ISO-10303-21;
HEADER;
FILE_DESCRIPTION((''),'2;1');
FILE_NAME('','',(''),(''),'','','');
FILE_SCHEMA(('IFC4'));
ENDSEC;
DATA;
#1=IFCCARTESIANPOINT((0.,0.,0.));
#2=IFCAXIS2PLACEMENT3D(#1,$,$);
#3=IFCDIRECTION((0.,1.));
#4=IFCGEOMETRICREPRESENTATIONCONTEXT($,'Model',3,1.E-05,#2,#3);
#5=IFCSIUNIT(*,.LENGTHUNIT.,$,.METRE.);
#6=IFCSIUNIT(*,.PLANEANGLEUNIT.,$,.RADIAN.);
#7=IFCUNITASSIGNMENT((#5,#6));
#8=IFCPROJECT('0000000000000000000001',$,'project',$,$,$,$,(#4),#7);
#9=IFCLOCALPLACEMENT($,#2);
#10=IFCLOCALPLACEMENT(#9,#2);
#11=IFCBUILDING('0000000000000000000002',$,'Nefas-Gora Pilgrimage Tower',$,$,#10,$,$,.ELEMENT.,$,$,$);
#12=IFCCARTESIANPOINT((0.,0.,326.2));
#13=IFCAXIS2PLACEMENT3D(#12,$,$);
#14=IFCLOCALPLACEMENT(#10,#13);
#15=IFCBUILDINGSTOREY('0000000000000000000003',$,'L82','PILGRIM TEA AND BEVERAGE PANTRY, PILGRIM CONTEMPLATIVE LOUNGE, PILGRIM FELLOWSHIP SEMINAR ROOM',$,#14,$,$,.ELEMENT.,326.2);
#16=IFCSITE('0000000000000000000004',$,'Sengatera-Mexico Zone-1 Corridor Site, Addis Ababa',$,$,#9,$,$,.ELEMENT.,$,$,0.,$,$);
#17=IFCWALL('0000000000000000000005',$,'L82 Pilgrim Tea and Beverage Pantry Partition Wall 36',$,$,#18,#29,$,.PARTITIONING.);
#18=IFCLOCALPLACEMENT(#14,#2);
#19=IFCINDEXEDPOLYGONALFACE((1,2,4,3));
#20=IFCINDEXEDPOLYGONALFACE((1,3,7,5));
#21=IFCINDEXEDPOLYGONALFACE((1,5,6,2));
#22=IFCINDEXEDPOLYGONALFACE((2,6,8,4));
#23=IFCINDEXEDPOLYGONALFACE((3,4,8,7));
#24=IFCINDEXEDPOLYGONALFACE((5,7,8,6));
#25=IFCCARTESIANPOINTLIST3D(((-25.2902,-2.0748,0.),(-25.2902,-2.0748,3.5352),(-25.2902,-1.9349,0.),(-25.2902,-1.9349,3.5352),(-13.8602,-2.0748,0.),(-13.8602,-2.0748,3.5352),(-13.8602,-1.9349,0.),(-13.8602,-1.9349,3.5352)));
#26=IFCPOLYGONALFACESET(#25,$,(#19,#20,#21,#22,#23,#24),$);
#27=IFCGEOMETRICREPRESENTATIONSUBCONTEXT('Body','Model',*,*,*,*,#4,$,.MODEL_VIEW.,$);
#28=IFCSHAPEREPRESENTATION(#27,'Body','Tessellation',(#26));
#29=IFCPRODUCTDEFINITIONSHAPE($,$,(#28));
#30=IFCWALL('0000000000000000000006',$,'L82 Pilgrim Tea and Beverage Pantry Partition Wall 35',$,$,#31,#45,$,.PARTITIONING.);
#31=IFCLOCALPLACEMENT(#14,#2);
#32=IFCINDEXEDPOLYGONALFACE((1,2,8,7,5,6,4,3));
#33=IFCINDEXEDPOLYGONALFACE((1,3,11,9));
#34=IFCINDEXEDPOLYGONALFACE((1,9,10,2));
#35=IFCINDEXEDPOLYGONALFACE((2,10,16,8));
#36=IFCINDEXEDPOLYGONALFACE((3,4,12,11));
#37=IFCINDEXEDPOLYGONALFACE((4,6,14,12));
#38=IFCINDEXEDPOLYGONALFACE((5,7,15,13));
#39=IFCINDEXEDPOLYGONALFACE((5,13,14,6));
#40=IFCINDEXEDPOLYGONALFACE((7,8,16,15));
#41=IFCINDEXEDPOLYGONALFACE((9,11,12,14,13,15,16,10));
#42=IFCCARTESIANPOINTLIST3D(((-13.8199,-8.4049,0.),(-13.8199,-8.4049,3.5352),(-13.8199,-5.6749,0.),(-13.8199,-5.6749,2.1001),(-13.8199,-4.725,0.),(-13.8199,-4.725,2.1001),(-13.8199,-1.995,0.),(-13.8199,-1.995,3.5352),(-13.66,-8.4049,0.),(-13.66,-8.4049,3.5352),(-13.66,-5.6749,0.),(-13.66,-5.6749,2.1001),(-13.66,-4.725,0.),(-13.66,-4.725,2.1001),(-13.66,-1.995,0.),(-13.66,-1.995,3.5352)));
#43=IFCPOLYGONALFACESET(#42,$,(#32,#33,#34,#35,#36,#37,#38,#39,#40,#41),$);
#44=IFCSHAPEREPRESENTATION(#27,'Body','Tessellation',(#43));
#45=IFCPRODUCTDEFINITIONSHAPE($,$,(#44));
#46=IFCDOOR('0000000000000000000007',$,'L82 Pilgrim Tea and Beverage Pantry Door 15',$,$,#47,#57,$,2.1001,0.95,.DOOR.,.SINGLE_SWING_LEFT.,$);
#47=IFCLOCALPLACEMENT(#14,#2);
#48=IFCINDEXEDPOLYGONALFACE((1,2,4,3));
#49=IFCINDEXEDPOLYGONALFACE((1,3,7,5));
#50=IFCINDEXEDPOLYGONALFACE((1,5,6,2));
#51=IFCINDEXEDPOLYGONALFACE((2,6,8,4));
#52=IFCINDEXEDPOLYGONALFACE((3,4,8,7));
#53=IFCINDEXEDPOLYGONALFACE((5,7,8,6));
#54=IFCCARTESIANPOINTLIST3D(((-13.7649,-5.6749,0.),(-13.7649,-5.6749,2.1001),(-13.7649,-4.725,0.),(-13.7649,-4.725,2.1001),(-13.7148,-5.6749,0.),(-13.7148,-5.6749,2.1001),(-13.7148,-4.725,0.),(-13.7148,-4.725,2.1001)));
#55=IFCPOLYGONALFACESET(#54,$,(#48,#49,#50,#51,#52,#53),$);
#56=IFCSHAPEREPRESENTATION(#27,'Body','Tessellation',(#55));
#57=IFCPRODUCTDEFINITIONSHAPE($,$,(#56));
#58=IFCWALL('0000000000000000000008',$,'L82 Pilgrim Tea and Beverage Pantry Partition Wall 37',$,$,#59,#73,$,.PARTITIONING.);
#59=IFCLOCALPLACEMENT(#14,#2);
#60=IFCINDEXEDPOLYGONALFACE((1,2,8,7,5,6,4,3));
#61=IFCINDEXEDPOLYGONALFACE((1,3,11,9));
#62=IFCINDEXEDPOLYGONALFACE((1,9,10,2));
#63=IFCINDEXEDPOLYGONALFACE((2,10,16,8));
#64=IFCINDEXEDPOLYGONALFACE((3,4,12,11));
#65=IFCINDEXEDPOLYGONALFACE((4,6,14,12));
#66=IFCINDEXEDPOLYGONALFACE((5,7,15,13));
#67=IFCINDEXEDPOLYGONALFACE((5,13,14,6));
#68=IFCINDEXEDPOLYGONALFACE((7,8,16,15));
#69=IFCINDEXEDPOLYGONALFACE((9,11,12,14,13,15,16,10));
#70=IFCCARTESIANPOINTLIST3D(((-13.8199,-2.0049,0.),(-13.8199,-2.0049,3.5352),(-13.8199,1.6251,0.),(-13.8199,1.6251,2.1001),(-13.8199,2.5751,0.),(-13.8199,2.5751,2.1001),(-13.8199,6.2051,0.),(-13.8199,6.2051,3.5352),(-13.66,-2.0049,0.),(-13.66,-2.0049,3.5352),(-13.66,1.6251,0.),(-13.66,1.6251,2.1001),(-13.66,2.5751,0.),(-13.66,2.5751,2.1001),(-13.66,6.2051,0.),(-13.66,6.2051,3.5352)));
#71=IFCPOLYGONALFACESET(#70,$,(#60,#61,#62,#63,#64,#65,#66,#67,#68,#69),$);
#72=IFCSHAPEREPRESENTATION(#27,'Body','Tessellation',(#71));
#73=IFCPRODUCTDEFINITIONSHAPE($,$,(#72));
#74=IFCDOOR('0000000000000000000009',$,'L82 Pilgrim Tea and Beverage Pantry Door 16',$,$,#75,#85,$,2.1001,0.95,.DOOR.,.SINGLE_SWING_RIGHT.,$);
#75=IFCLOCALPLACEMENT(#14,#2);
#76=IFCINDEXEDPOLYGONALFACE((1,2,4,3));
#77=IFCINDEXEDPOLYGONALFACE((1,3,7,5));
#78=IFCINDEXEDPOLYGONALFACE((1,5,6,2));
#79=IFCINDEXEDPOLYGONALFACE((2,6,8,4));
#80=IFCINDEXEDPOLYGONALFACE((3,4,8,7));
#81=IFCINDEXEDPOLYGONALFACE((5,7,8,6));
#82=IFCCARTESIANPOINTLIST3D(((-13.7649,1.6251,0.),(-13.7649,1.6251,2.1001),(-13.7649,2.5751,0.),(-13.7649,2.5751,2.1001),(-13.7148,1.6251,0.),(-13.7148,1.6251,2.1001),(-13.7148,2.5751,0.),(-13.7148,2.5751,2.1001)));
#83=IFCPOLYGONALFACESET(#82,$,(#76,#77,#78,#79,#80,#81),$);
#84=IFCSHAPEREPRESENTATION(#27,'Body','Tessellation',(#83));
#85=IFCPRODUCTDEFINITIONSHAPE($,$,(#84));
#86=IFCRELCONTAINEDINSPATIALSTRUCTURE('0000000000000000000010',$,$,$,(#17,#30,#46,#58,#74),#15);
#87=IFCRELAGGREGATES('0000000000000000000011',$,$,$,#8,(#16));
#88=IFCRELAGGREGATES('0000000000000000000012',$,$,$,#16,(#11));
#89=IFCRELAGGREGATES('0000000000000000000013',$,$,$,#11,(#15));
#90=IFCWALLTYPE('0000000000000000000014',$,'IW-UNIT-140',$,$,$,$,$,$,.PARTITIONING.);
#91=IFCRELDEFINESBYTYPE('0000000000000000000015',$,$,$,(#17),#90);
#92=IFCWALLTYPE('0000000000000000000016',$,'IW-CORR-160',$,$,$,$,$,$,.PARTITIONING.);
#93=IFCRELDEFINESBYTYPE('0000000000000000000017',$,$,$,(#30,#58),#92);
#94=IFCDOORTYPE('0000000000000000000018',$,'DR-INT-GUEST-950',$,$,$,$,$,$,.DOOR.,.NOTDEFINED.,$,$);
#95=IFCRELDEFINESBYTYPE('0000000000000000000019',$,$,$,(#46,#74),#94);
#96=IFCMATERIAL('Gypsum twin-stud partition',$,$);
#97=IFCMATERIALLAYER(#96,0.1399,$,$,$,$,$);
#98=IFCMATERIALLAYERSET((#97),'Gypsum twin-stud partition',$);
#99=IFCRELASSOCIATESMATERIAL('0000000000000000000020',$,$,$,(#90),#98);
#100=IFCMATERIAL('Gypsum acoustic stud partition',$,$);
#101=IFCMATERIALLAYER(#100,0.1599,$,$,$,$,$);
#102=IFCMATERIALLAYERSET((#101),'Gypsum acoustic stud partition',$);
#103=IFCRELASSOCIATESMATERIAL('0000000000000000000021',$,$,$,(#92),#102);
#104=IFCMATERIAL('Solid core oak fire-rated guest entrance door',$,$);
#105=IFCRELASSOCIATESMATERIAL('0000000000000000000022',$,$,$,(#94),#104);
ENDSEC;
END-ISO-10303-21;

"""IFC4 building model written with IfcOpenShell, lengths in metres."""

from ifc_helpers import new_model, si_unit, direction, frame, frame_2d, origin, place, context, subcontext, project, spatial, rectangle, extrude, source, transform, mapped, material, layer, layer_set, type_object, element, fill, save


model = new_model("IFC4")

# Units and contexts
model_context = context("Model", 3, precision=1e-05, world=origin(), true_north=direction((0.0, 1.0)))
body_context = subcontext(model_context, "Body", "Model", "MODEL_VIEW")
ifc_project = project(units=[si_unit("LENGTHUNIT", "METRE"), si_unit("PLANEANGLEUNIT", "RADIAN")], contexts=[model_context])

# Site, building, storey
site_placement = place(None, origin())
site = spatial("IfcSite", under=ifc_project, at=site_placement, Name="Sengatera-Mexico Zone-1 Corridor Site, Addis Ababa", CompositionType="ELEMENT", RefElevation=0.0)
building_placement = place(site_placement, origin())
building = spatial("IfcBuilding", under=site, at=building_placement, Name="Nefas-Gora Pilgrimage Tower", CompositionType="ELEMENT")
storey_placement = place(building_placement, frame((0.0, 0.0, 326.2)))
storey = spatial("IfcBuildingStorey", under=building, at=storey_placement, Name="L82", Description="PILGRIM TEA AND BEVERAGE PANTRY, PILGRIM CONTEMPLATIVE LOUNGE, PILGRIM FELLOWSHIP SEMINAR ROOM", CompositionType="ELEMENT", Elevation=326.2)

# Wall
ifc_material_1 = material(Name="Gypsum twin-stud partition")
ifc_layer_1 = layer(ifc_material_1, 0.1399)
ifc_layer_set_1 = layer_set([ifc_layer_1], Name="Gypsum twin-stud partition")
wall_type_1 = type_object("IfcWallType", Name="IW-UNIT-140", PredefinedType="PARTITIONING", material=ifc_layer_set_1)
shared_shape_1 = source(origin(), body_context, "Body", "SweptSolid", [
    extrude(rectangle(XDim=11.4299, YDim=0.1399, at=frame_2d((5.7148, 0.0))), origin(), (0.0, 0.0, 1.0), 3.5352),
])
for number, where, z_axis, x_axis, name in (
    (1, (-25.29, -2.0049, 0.0), (0.0, 0.0, 1.0), (1.0, 0.0, 0.0), "L82 Pilgrim Tea and Beverage Pantry Partition Wall 36"),
):
    element("IfcWall", number, at=place(storey_placement, frame(where, z_axis=z_axis, x_axis=x_axis)), inside=storey, type_object=wall_type_1, Name=name, PredefinedType="PARTITIONING", context=body_context, shape_type="MappedRepresentation", body=[
        mapped(shared_shape_1, transform((0.0, 0.0, 0.0), x_axis=(1.0, 0.0, 0.0), y_axis=(0.0, 1.0, 0.0), z_axis=(0.0, 0.0, 1.0), scale=1.0)),
    ])

# Walls, openings, doors
ifc_material_2 = material(Name="Gypsum acoustic stud partition")
ifc_layer_2 = layer(ifc_material_2, 0.1599)
ifc_layer_set_2 = layer_set([ifc_layer_2], Name="Gypsum acoustic stud partition")
wall_type_2 = type_object("IfcWallType", Name="IW-CORR-160", PredefinedType="PARTITIONING", material=ifc_layer_set_2)
shared_shape_2 = source(origin(), body_context, "Body", "SweptSolid", [
    extrude(rectangle(XDim=6.4099, YDim=0.1599, at=frame_2d((3.2051, 0.0))), origin(), (0.0, 0.0, 1.0), 3.5352),
])
wall_1_placement = place(storey_placement, frame((-13.74, -8.405, 0.0), z_axis=(0.0, 0.0, 1.0), x_axis=(0.0, 1.0, 0.0)))
wall_1 = element("IfcWall", 2, at=wall_1_placement, inside=storey, type_object=wall_type_2, Name="L82 Pilgrim Tea and Beverage Pantry Partition Wall 35", PredefinedType="PARTITIONING", context=body_context, shape_type="MappedRepresentation", body=[
    mapped(shared_shape_2, transform((0.0, 0.0, 0.0), x_axis=(1.0, 0.0, 0.0), y_axis=(0.0, 1.0, 0.0), z_axis=(0.0, 0.0, 1.0), scale=1.0)),
])
opening_1_placement = place(wall_1_placement, frame((2.73, 0.0, 0.0)))
opening_1 = element("IfcOpeningElement", 3, at=opening_1_placement, cuts=wall_1, PredefinedType="OPENING", context=body_context, shape_type="SweptSolid", body=[
    extrude(rectangle(XDim=0.95, YDim=2.1001, at=frame_2d((0.4751, 1.05))), frame((0.0, 0.0898, 0.0), z_axis=(0.0, -1.0, 0.0), x_axis=(1.0, 0.0, 0.0)), (0.0, 0.0, 1.0), 0.1799),
])
ifc_material_3 = material(Name="Solid core oak fire-rated guest entrance door")
door_type_1 = type_object("IfcDoorType", Name="DR-INT-GUEST-950", OperationType="NOTDEFINED", PredefinedType="DOOR", material=ifc_material_3)
shared_shape_3 = source(origin(), body_context, "Body", "SweptSolid", [
    extrude(rectangle(XDim=0.95, YDim=2.1001, at=frame_2d((0.4751, 1.05))), frame((0.0, 0.0249, 0.0), z_axis=(0.0, -1.0, 0.0), x_axis=(1.0, 0.0, 0.0)), (0.0, 0.0, 1.0), 0.05),
])
door_1_placement = place(opening_1_placement, origin())
door_1 = element("IfcDoor", 4, at=door_1_placement, inside=storey, type_object=door_type_1, Name="L82 Pilgrim Tea and Beverage Pantry Door 15", OperationType="SINGLE_SWING_LEFT", OverallHeight=2.1001, OverallWidth=0.95, PredefinedType="DOOR", context=body_context, shape_type="MappedRepresentation", body=[
    mapped(shared_shape_3, transform((0.0, 0.0, 0.0), x_axis=(1.0, 0.0, 0.0), y_axis=(0.0, 1.0, 0.0), z_axis=(0.0, 0.0, 1.0), scale=1.0)),
])
fill(opening_1, door_1)
shared_shape_4 = source(origin(), body_context, "Body", "SweptSolid", [
    extrude(rectangle(XDim=8.21, YDim=0.1599, at=frame_2d((4.105, 0.0))), origin(), (0.0, 0.0, 1.0), 3.5352),
])
wall_2_placement = place(storey_placement, frame((-13.74, -2.0049, 0.0), z_axis=(0.0, 0.0, 1.0), x_axis=(0.0, 1.0, 0.0)))
wall_2 = element("IfcWall", 5, at=wall_2_placement, inside=storey, type_object=wall_type_2, Name="L82 Pilgrim Tea and Beverage Pantry Partition Wall 37", PredefinedType="PARTITIONING", context=body_context, shape_type="MappedRepresentation", body=[
    mapped(shared_shape_4, transform((0.0, 0.0, 0.0), x_axis=(1.0, 0.0, 0.0), y_axis=(0.0, 1.0, 0.0), z_axis=(0.0, 0.0, 1.0), scale=1.0)),
])
opening_2_placement = place(wall_2_placement, frame((3.6299, 0.0, 0.0)))
opening_2 = element("IfcOpeningElement", 6, at=opening_2_placement, cuts=wall_2, PredefinedType="OPENING", context=body_context, shape_type="SweptSolid", body=[
    extrude(rectangle(XDim=0.95, YDim=2.1001, at=frame_2d((0.4751, 1.05))), frame((0.0, 0.0898, 0.0), z_axis=(0.0, -1.0, 0.0), x_axis=(1.0, 0.0, 0.0)), (0.0, 0.0, 1.0), 0.1799),
])
door_2_placement = place(opening_2_placement, origin())
door_2 = element("IfcDoor", 7, at=door_2_placement, inside=storey, type_object=door_type_1, Name="L82 Pilgrim Tea and Beverage Pantry Door 16", OperationType="SINGLE_SWING_RIGHT", OverallHeight=2.1001, OverallWidth=0.95, PredefinedType="DOOR", context=body_context, shape_type="MappedRepresentation", body=[
    mapped(shared_shape_3, transform((0.0, 0.0, 0.0), x_axis=(1.0, 0.0, 0.0), y_axis=(0.0, 1.0, 0.0), z_axis=(0.0, 0.0, 1.0), scale=1.0)),
])
fill(opening_2, door_2)

save(model, "model.ifc")
